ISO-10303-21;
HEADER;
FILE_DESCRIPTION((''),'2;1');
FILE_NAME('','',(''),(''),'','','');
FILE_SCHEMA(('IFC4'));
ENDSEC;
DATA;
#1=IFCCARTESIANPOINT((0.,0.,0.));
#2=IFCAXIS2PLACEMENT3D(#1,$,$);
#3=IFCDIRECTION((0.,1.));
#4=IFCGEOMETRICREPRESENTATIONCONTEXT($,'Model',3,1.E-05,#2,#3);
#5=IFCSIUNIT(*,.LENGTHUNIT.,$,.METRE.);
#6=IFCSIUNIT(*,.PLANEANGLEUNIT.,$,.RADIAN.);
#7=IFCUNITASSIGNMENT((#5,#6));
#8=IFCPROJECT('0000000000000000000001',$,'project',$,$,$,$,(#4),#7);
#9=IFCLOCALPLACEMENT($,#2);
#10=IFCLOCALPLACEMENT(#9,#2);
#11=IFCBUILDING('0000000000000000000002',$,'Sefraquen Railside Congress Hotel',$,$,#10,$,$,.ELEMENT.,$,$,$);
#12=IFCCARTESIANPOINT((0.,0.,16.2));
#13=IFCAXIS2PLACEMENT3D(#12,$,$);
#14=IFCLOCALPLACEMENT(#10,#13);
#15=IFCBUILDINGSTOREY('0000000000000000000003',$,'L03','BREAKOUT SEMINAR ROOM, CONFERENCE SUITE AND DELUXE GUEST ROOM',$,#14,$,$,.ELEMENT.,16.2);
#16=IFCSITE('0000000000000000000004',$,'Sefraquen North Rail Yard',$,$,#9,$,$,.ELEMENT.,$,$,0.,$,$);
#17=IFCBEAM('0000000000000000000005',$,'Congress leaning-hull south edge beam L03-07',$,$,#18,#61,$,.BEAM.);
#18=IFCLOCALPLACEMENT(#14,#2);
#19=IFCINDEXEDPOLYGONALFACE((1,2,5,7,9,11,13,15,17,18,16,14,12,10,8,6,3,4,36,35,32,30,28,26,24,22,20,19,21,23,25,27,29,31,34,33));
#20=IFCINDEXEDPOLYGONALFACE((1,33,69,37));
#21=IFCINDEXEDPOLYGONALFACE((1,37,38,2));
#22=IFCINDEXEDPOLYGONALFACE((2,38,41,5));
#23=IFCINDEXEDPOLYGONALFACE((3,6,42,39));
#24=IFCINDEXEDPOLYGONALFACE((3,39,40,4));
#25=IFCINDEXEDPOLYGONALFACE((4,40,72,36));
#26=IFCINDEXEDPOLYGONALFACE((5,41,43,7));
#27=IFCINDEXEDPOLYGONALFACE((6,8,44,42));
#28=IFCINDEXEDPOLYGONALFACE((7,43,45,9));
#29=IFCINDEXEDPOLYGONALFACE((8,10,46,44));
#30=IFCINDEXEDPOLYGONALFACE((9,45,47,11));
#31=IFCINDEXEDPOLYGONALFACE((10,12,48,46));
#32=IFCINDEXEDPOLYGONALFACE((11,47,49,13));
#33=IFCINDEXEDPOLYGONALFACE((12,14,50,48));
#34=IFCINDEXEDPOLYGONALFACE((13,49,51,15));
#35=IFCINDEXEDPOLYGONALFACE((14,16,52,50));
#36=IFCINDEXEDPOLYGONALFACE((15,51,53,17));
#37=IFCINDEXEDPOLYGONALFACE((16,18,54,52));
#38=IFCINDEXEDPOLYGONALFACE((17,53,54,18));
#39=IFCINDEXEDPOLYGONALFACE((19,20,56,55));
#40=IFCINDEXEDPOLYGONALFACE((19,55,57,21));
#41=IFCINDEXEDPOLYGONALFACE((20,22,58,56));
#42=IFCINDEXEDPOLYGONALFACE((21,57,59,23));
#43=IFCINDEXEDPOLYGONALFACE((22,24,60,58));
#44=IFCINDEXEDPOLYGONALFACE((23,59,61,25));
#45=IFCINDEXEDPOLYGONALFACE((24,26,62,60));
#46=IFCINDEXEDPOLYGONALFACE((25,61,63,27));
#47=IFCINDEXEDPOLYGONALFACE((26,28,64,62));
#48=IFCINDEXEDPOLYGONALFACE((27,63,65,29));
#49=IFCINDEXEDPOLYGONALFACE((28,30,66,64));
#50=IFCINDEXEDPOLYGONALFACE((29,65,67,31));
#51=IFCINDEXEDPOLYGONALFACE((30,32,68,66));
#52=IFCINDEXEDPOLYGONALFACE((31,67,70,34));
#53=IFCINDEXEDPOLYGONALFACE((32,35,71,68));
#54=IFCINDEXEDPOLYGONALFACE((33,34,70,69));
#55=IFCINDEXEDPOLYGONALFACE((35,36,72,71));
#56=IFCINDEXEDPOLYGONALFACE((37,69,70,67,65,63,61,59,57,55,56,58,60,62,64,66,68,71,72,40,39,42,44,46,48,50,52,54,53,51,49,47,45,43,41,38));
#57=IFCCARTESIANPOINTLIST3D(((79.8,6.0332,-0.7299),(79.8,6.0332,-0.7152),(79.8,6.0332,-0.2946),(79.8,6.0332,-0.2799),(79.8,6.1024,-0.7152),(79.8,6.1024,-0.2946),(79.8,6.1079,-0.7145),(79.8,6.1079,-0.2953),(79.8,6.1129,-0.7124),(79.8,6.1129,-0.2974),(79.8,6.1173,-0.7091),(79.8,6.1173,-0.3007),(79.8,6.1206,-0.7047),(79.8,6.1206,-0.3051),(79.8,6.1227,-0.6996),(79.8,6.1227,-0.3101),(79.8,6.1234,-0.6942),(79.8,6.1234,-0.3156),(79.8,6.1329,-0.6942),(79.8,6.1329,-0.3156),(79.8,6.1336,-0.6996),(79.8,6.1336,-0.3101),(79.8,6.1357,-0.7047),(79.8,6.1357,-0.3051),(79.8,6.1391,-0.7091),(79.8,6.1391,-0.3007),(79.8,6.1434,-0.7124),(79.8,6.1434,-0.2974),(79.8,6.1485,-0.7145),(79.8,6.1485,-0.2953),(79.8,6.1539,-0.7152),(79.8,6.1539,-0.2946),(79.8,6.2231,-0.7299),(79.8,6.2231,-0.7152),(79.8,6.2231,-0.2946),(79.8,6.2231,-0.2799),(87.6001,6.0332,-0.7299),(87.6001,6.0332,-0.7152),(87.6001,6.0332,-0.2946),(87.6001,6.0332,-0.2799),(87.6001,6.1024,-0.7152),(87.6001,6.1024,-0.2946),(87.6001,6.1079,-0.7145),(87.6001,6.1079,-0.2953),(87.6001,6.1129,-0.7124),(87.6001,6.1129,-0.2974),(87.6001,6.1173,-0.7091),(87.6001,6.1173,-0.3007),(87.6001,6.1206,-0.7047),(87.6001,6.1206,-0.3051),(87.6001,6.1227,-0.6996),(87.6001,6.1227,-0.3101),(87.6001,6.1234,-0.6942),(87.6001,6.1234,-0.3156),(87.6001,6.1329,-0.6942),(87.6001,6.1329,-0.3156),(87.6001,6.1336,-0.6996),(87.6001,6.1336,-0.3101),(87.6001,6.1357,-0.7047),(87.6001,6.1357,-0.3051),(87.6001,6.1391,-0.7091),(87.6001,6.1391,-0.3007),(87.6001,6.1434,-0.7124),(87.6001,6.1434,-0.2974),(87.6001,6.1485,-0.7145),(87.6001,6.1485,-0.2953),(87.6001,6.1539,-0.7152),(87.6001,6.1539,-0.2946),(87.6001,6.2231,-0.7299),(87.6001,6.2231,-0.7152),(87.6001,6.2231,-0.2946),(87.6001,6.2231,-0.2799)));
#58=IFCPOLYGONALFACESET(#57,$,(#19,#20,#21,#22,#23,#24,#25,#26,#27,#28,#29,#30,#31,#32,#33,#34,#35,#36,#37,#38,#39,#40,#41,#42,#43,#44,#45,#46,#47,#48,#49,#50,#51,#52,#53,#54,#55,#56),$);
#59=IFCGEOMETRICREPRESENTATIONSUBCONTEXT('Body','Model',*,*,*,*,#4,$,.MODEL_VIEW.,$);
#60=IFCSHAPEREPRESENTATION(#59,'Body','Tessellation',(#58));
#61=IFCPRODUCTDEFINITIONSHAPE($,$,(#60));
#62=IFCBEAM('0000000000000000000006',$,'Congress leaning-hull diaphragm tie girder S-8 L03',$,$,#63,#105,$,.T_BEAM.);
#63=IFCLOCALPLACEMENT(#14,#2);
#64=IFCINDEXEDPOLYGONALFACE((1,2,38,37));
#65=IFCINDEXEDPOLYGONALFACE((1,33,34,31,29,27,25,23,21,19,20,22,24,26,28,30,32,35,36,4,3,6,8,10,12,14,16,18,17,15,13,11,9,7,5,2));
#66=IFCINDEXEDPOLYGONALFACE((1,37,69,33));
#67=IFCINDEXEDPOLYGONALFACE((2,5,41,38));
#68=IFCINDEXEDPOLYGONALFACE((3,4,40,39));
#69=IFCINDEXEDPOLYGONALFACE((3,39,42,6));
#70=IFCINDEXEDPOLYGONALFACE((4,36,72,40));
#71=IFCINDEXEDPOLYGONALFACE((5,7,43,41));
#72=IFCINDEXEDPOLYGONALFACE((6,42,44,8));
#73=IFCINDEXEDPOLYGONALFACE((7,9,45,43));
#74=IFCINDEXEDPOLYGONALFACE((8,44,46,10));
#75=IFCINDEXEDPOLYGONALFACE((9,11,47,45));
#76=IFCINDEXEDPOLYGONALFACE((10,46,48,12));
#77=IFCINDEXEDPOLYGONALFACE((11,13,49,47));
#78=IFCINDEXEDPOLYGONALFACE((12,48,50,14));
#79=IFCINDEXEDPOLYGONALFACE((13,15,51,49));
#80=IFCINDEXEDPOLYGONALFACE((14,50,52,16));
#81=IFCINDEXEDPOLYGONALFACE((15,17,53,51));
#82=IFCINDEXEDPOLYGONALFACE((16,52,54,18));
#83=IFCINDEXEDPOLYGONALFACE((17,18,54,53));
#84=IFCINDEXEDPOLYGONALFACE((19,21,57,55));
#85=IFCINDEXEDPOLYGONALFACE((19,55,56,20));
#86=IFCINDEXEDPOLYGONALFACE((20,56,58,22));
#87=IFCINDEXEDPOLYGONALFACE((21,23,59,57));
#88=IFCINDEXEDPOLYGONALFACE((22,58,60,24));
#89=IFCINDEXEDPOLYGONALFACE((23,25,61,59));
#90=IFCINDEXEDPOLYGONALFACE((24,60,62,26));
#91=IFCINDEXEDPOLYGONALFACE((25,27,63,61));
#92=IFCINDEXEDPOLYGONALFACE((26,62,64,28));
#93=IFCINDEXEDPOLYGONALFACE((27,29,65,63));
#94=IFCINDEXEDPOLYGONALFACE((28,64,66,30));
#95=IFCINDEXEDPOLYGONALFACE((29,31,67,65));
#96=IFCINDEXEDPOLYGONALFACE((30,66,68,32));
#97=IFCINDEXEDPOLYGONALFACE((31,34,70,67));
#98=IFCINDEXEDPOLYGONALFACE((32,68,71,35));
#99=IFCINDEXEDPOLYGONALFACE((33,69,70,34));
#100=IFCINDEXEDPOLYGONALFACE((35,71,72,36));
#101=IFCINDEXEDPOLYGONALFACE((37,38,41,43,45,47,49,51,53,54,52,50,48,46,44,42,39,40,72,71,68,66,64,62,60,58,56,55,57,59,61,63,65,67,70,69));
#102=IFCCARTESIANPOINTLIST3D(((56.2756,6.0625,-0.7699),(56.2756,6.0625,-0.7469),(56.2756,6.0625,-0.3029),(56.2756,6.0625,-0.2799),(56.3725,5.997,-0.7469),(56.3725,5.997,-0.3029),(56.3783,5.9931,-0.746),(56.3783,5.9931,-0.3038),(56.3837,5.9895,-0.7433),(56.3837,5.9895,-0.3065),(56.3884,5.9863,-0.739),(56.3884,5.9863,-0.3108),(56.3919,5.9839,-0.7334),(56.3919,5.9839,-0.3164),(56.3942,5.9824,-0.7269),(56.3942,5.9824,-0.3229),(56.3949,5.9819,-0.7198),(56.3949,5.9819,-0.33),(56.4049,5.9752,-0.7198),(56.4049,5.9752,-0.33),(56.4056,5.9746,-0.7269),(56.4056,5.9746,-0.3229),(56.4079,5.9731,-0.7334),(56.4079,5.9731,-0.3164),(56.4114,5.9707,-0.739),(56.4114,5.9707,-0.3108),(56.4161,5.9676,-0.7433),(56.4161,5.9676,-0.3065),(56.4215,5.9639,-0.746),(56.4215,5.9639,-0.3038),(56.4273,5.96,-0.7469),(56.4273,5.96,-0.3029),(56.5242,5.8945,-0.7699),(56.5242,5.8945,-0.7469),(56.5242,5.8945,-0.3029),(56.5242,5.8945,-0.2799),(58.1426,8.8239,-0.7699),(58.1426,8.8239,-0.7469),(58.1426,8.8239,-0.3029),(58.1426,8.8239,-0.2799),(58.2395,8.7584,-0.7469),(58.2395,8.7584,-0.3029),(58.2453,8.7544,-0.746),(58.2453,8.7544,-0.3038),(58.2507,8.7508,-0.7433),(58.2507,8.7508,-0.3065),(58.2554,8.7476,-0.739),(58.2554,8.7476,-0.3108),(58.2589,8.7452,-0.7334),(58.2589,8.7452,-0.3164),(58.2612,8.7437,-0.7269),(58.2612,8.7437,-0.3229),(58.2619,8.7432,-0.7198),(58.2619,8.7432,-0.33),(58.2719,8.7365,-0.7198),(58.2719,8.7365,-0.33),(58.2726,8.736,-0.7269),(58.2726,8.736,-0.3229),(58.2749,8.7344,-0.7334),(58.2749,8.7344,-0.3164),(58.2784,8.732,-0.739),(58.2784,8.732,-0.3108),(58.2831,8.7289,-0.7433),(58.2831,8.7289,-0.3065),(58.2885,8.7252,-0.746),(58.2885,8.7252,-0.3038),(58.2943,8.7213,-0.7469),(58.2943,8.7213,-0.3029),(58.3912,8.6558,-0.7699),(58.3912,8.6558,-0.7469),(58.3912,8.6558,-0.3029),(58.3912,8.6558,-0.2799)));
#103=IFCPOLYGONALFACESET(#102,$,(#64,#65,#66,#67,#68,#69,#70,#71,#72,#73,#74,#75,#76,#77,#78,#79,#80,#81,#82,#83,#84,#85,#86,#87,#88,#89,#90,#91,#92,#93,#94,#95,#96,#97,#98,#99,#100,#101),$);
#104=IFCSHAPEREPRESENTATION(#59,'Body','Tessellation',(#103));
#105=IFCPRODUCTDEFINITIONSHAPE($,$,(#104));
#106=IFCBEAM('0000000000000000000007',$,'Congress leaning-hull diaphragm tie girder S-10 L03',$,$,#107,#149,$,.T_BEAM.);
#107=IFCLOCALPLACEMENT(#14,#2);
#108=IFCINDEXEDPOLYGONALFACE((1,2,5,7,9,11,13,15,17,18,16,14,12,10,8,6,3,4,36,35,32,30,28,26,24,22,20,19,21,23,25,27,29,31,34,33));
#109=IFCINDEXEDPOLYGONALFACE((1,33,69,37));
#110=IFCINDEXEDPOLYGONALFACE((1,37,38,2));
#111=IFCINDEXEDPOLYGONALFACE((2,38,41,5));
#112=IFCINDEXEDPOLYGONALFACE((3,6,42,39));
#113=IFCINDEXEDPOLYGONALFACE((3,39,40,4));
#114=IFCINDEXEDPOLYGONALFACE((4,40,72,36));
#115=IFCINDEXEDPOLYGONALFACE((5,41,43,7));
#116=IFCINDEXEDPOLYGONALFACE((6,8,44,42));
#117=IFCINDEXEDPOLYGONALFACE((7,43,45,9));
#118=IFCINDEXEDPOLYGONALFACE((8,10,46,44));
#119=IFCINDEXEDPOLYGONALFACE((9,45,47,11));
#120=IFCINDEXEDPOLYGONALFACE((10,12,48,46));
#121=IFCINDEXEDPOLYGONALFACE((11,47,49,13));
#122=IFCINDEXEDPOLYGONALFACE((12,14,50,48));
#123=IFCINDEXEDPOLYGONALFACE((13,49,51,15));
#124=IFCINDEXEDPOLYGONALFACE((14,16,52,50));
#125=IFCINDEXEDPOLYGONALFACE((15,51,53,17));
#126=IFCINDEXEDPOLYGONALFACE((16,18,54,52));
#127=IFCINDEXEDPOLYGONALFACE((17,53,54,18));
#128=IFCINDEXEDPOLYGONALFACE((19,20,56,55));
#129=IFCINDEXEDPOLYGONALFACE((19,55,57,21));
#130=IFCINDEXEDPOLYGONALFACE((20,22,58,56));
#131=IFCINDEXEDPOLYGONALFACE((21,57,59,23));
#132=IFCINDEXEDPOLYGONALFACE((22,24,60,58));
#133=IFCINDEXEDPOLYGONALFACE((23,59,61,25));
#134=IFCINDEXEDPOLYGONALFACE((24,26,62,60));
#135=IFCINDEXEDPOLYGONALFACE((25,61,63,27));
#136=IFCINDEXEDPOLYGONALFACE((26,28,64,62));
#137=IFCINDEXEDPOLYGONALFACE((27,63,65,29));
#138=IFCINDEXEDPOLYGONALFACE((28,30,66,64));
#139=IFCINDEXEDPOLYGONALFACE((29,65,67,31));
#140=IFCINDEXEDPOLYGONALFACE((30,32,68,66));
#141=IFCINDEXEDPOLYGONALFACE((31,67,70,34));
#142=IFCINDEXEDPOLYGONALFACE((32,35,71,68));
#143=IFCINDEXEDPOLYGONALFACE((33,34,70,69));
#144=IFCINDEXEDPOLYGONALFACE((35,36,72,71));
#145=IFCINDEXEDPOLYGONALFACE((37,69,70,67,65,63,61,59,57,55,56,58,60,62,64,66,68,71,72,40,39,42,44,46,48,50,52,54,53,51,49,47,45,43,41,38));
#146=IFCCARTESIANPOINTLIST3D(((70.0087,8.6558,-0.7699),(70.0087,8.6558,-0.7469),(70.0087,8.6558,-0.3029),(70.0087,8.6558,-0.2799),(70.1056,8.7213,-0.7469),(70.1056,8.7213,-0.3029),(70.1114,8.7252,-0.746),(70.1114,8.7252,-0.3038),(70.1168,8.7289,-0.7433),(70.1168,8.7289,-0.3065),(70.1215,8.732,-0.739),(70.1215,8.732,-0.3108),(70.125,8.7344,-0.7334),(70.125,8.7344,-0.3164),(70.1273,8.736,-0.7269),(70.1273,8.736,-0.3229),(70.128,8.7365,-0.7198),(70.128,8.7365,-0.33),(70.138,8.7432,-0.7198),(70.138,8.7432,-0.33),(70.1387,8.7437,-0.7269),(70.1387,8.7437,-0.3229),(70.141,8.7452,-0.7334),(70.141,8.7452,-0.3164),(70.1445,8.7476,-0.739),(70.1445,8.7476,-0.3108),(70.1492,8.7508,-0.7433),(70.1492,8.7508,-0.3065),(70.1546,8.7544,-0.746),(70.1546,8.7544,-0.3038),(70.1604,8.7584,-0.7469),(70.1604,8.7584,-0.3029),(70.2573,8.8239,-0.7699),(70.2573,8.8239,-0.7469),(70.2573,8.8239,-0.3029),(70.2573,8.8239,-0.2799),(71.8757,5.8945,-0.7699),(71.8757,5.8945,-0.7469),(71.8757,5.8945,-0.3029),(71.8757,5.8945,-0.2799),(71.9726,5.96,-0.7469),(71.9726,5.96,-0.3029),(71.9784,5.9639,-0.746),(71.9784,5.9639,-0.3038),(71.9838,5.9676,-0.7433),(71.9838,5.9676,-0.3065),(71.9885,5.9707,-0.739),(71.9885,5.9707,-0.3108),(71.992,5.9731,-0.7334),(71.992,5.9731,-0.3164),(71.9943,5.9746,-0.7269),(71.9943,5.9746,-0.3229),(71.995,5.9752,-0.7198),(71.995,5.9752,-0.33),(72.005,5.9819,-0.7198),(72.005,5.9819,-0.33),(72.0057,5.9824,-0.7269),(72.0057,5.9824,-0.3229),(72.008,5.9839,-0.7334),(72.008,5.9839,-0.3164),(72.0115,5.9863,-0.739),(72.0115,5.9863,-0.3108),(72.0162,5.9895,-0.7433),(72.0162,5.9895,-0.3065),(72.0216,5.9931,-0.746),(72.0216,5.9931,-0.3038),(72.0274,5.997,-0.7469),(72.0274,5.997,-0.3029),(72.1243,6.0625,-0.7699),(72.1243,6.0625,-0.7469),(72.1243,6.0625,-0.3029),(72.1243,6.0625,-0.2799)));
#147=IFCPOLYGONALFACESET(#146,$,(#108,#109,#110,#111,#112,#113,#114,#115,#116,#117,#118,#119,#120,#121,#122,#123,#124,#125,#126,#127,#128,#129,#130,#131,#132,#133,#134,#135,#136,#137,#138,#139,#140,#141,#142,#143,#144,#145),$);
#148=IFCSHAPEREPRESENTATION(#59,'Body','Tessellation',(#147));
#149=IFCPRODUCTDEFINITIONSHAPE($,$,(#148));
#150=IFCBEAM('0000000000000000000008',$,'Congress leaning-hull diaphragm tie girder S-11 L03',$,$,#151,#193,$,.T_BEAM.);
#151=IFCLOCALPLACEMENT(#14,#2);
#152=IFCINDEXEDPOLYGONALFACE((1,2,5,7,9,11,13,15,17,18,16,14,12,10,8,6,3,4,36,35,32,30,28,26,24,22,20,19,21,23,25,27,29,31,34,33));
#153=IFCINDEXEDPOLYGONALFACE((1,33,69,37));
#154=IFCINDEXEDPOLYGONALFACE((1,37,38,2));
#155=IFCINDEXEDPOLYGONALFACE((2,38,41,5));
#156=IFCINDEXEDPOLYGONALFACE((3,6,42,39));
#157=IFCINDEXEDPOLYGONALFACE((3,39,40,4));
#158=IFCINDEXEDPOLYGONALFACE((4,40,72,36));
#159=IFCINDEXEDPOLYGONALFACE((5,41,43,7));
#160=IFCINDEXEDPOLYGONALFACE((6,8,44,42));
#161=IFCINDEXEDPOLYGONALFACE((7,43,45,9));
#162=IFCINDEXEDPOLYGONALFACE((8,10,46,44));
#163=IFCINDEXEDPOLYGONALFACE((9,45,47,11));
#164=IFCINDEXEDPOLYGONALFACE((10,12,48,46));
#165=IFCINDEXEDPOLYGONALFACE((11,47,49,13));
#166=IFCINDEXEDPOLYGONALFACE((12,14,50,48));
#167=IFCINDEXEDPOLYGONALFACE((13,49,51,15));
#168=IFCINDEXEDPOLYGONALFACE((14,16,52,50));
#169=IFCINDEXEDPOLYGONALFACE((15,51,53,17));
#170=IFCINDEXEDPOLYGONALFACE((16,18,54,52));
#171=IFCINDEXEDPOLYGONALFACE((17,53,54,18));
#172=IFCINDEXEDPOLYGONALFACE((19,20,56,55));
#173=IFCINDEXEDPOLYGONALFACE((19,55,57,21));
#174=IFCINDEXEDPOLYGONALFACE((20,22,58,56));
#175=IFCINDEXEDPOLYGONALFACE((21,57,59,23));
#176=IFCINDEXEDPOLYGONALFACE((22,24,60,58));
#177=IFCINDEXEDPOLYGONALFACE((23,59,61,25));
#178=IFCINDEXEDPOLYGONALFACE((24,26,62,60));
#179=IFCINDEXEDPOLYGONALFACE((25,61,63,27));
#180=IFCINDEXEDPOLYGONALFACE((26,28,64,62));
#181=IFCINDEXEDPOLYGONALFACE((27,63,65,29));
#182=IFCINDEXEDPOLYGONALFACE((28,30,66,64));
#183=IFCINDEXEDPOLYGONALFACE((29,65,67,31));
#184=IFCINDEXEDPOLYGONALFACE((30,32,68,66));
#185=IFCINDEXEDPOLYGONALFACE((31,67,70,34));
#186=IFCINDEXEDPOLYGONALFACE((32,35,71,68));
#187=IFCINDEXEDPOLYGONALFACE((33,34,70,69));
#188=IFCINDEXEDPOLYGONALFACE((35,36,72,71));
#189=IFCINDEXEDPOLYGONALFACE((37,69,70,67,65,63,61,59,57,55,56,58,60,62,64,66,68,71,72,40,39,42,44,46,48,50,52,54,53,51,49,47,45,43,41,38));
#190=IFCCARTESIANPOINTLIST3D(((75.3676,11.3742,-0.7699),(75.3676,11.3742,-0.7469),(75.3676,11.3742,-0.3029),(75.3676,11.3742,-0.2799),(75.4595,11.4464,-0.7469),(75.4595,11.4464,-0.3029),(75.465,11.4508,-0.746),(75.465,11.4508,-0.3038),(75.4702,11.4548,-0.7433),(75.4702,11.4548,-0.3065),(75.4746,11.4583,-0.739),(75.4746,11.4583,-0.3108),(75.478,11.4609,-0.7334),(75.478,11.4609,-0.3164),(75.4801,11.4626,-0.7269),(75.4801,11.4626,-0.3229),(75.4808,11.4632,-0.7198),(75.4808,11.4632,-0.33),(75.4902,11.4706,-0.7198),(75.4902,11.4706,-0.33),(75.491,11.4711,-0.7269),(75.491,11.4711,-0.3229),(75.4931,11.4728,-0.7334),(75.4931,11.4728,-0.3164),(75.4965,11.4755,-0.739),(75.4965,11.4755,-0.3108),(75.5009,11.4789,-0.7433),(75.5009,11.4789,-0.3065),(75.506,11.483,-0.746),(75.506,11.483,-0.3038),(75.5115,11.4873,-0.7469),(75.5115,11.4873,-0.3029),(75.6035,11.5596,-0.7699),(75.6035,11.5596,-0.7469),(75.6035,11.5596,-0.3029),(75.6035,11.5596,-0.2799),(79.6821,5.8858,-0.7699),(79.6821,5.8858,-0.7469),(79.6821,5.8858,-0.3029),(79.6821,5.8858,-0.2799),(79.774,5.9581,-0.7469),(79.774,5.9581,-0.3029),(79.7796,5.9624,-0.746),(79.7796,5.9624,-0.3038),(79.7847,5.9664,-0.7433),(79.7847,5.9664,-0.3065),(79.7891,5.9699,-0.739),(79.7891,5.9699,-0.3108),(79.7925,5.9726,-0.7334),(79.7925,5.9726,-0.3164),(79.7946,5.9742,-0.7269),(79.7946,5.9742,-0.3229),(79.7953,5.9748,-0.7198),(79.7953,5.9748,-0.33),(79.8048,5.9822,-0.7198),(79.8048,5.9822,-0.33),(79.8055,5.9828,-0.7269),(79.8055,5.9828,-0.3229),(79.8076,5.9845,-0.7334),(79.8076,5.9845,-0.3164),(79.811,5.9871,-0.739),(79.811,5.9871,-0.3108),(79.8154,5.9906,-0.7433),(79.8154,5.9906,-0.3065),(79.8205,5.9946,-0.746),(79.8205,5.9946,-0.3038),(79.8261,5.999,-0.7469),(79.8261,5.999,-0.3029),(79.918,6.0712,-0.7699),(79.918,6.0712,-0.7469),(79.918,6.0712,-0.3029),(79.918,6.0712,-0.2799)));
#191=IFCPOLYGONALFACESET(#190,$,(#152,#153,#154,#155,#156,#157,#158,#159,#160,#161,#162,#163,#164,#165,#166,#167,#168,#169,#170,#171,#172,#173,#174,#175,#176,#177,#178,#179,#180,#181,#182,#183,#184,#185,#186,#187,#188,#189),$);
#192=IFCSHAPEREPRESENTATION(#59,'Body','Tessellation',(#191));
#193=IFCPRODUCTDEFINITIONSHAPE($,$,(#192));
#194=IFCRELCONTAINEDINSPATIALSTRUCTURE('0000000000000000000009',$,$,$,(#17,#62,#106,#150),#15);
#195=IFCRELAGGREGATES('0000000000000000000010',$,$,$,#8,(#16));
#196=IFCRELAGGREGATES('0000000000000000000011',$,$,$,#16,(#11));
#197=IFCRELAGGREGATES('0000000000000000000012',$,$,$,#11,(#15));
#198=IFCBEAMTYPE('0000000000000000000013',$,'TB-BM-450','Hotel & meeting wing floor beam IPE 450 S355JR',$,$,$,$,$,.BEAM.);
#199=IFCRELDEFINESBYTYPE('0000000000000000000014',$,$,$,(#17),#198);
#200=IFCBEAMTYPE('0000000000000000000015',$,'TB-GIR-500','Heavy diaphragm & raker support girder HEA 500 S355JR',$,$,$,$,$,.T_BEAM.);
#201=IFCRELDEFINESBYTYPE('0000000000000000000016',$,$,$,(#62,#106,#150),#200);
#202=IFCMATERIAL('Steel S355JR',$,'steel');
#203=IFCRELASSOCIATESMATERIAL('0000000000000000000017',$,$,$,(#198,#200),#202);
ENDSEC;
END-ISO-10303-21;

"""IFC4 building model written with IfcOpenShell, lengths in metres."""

from ifc_helpers import new_model, si_unit, direction, frame, origin, origin_2d, place, context, subcontext, project, spatial, i_section, extrude, material, material_profile, profile_set, type_object, element, save


model = new_model("IFC4")

# Units and contexts
model_context = context("Model", 3, precision=1e-05, world=origin(), true_north=direction((0.0, 1.0)))
body_context = subcontext(model_context, "Body", "Model", "MODEL_VIEW")
ifc_project = project(units=[si_unit("LENGTHUNIT", "METRE"), si_unit("PLANEANGLEUNIT", "RADIAN")], contexts=[model_context])

# Site, building, storey
site_placement = place(None, origin())
site = spatial("IfcSite", under=ifc_project, at=site_placement, Name="Sefraquen North Rail Yard", CompositionType="ELEMENT", RefElevation=0.0)
building_placement = place(site_placement, origin())
building = spatial("IfcBuilding", under=site, at=building_placement, Name="Sefraquen Railside Congress Hotel", CompositionType="ELEMENT")
storey_placement = place(building_placement, frame((0.0, 0.0, 16.2)))
storey = spatial("IfcBuildingStorey", under=building, at=storey_placement, Name="L03", Description="BREAKOUT SEMINAR ROOM, CONFERENCE SUITE AND DELUXE GUEST ROOM", CompositionType="ELEMENT", Elevation=16.2)

# Shared definitions
ifc_material_1 = material(Name="Steel S355JR", Category="steel")

# Beams
ifc_material_profile_1 = material_profile(ifc_material_1, i_section(OverallWidth=0.1899, OverallDepth=0.45, WebThickness=0.0095, FlangeThickness=0.0146, FilletRadius=0.021, at=origin_2d()), Name="IPE 450")
ifc_profile_set_1 = profile_set([ifc_material_profile_1], Name="Steel S355JR")
beam_type_1 = type_object("IfcBeamType", Name="TB-BM-450", Description="Hotel & meeting wing floor beam IPE 450 S355JR", PredefinedType="BEAM", material=ifc_profile_set_1)
for number, where, z_axis, x_axis, name in (
    (1, (79.8, 6.1282, -0.5049), (1.0, 0.0, 0.0), (0.0, 1.0, 0.0), "Congress leaning-hull south edge beam L03-07"),
):
    element("IfcBeam", number, at=place(storey_placement, frame(where, z_axis=z_axis, x_axis=x_axis)), inside=storey, type_object=beam_type_1, Name=name, PredefinedType="BEAM", context=body_context, shape_type="SweptSolid", body=[
        extrude(i_section(OverallWidth=0.1899, OverallDepth=0.45, WebThickness=0.0095, FlangeThickness=0.0146, FilletRadius=0.021, at=origin_2d()), origin(), (0.0, 0.0, 1.0), 7.8),
    ])
ifc_material_profile_2 = material_profile(ifc_material_1, i_section(OverallWidth=0.3, OverallDepth=0.49, WebThickness=0.012, FlangeThickness=0.0229, FilletRadius=0.0271, at=origin_2d()), Name="HEA 500")
ifc_profile_set_2 = profile_set([ifc_material_profile_2], Name="Steel S355JR")
beam_type_2 = type_object("IfcBeamType", Name="TB-GIR-500", Description="Heavy diaphragm & raker support girder HEA 500 S355JR", PredefinedType="T_BEAM", material=ifc_profile_set_2)
for number, where, z_axis, x_axis, name in (
    (2, (56.3999, 5.9785, -0.5249), (0.560114, 0.828415, 0.0), (-0.828415, 0.560114, 0.0), "Congress leaning-hull diaphragm tie girder S-8 L03"),
    (3, (72.0, 5.9785, -0.5249), (-0.560114, 0.828415, 0.0), (-0.828415, -0.560114, 0.0), "Congress leaning-hull diaphragm tie girder S-10 L03"),
):
    element("IfcBeam", number, at=place(storey_placement, frame(where, z_axis=z_axis, x_axis=x_axis)), inside=storey, type_object=beam_type_2, Name=name, PredefinedType="T_BEAM", context=body_context, shape_type="SweptSolid", body=[
        extrude(i_section(OverallWidth=0.3, OverallDepth=0.49, WebThickness=0.012, FlangeThickness=0.0229, FilletRadius=0.0271, at=origin_2d()), origin(), (0.0, 0.0, 1.0), 3.3333),
    ])
beam_1_placement = place(storey_placement, frame((79.8, 5.9785, -0.5249), z_axis=(-0.618019, 0.786163, 0.0), x_axis=(-0.786163, -0.618019, 0.0)))
element("IfcBeam", 4, at=beam_1_placement, inside=storey, type_object=beam_type_2, Name="Congress leaning-hull diaphragm tie girder S-11 L03", PredefinedType="T_BEAM", context=body_context, shape_type="SweptSolid", body=[
    extrude(i_section(OverallWidth=0.3, OverallDepth=0.49, WebThickness=0.012, FlangeThickness=0.0229, FilletRadius=0.0271, at=origin_2d()), origin(), (0.0, 0.0, 1.0), 6.9812),
])

save(model, "model.ifc")
